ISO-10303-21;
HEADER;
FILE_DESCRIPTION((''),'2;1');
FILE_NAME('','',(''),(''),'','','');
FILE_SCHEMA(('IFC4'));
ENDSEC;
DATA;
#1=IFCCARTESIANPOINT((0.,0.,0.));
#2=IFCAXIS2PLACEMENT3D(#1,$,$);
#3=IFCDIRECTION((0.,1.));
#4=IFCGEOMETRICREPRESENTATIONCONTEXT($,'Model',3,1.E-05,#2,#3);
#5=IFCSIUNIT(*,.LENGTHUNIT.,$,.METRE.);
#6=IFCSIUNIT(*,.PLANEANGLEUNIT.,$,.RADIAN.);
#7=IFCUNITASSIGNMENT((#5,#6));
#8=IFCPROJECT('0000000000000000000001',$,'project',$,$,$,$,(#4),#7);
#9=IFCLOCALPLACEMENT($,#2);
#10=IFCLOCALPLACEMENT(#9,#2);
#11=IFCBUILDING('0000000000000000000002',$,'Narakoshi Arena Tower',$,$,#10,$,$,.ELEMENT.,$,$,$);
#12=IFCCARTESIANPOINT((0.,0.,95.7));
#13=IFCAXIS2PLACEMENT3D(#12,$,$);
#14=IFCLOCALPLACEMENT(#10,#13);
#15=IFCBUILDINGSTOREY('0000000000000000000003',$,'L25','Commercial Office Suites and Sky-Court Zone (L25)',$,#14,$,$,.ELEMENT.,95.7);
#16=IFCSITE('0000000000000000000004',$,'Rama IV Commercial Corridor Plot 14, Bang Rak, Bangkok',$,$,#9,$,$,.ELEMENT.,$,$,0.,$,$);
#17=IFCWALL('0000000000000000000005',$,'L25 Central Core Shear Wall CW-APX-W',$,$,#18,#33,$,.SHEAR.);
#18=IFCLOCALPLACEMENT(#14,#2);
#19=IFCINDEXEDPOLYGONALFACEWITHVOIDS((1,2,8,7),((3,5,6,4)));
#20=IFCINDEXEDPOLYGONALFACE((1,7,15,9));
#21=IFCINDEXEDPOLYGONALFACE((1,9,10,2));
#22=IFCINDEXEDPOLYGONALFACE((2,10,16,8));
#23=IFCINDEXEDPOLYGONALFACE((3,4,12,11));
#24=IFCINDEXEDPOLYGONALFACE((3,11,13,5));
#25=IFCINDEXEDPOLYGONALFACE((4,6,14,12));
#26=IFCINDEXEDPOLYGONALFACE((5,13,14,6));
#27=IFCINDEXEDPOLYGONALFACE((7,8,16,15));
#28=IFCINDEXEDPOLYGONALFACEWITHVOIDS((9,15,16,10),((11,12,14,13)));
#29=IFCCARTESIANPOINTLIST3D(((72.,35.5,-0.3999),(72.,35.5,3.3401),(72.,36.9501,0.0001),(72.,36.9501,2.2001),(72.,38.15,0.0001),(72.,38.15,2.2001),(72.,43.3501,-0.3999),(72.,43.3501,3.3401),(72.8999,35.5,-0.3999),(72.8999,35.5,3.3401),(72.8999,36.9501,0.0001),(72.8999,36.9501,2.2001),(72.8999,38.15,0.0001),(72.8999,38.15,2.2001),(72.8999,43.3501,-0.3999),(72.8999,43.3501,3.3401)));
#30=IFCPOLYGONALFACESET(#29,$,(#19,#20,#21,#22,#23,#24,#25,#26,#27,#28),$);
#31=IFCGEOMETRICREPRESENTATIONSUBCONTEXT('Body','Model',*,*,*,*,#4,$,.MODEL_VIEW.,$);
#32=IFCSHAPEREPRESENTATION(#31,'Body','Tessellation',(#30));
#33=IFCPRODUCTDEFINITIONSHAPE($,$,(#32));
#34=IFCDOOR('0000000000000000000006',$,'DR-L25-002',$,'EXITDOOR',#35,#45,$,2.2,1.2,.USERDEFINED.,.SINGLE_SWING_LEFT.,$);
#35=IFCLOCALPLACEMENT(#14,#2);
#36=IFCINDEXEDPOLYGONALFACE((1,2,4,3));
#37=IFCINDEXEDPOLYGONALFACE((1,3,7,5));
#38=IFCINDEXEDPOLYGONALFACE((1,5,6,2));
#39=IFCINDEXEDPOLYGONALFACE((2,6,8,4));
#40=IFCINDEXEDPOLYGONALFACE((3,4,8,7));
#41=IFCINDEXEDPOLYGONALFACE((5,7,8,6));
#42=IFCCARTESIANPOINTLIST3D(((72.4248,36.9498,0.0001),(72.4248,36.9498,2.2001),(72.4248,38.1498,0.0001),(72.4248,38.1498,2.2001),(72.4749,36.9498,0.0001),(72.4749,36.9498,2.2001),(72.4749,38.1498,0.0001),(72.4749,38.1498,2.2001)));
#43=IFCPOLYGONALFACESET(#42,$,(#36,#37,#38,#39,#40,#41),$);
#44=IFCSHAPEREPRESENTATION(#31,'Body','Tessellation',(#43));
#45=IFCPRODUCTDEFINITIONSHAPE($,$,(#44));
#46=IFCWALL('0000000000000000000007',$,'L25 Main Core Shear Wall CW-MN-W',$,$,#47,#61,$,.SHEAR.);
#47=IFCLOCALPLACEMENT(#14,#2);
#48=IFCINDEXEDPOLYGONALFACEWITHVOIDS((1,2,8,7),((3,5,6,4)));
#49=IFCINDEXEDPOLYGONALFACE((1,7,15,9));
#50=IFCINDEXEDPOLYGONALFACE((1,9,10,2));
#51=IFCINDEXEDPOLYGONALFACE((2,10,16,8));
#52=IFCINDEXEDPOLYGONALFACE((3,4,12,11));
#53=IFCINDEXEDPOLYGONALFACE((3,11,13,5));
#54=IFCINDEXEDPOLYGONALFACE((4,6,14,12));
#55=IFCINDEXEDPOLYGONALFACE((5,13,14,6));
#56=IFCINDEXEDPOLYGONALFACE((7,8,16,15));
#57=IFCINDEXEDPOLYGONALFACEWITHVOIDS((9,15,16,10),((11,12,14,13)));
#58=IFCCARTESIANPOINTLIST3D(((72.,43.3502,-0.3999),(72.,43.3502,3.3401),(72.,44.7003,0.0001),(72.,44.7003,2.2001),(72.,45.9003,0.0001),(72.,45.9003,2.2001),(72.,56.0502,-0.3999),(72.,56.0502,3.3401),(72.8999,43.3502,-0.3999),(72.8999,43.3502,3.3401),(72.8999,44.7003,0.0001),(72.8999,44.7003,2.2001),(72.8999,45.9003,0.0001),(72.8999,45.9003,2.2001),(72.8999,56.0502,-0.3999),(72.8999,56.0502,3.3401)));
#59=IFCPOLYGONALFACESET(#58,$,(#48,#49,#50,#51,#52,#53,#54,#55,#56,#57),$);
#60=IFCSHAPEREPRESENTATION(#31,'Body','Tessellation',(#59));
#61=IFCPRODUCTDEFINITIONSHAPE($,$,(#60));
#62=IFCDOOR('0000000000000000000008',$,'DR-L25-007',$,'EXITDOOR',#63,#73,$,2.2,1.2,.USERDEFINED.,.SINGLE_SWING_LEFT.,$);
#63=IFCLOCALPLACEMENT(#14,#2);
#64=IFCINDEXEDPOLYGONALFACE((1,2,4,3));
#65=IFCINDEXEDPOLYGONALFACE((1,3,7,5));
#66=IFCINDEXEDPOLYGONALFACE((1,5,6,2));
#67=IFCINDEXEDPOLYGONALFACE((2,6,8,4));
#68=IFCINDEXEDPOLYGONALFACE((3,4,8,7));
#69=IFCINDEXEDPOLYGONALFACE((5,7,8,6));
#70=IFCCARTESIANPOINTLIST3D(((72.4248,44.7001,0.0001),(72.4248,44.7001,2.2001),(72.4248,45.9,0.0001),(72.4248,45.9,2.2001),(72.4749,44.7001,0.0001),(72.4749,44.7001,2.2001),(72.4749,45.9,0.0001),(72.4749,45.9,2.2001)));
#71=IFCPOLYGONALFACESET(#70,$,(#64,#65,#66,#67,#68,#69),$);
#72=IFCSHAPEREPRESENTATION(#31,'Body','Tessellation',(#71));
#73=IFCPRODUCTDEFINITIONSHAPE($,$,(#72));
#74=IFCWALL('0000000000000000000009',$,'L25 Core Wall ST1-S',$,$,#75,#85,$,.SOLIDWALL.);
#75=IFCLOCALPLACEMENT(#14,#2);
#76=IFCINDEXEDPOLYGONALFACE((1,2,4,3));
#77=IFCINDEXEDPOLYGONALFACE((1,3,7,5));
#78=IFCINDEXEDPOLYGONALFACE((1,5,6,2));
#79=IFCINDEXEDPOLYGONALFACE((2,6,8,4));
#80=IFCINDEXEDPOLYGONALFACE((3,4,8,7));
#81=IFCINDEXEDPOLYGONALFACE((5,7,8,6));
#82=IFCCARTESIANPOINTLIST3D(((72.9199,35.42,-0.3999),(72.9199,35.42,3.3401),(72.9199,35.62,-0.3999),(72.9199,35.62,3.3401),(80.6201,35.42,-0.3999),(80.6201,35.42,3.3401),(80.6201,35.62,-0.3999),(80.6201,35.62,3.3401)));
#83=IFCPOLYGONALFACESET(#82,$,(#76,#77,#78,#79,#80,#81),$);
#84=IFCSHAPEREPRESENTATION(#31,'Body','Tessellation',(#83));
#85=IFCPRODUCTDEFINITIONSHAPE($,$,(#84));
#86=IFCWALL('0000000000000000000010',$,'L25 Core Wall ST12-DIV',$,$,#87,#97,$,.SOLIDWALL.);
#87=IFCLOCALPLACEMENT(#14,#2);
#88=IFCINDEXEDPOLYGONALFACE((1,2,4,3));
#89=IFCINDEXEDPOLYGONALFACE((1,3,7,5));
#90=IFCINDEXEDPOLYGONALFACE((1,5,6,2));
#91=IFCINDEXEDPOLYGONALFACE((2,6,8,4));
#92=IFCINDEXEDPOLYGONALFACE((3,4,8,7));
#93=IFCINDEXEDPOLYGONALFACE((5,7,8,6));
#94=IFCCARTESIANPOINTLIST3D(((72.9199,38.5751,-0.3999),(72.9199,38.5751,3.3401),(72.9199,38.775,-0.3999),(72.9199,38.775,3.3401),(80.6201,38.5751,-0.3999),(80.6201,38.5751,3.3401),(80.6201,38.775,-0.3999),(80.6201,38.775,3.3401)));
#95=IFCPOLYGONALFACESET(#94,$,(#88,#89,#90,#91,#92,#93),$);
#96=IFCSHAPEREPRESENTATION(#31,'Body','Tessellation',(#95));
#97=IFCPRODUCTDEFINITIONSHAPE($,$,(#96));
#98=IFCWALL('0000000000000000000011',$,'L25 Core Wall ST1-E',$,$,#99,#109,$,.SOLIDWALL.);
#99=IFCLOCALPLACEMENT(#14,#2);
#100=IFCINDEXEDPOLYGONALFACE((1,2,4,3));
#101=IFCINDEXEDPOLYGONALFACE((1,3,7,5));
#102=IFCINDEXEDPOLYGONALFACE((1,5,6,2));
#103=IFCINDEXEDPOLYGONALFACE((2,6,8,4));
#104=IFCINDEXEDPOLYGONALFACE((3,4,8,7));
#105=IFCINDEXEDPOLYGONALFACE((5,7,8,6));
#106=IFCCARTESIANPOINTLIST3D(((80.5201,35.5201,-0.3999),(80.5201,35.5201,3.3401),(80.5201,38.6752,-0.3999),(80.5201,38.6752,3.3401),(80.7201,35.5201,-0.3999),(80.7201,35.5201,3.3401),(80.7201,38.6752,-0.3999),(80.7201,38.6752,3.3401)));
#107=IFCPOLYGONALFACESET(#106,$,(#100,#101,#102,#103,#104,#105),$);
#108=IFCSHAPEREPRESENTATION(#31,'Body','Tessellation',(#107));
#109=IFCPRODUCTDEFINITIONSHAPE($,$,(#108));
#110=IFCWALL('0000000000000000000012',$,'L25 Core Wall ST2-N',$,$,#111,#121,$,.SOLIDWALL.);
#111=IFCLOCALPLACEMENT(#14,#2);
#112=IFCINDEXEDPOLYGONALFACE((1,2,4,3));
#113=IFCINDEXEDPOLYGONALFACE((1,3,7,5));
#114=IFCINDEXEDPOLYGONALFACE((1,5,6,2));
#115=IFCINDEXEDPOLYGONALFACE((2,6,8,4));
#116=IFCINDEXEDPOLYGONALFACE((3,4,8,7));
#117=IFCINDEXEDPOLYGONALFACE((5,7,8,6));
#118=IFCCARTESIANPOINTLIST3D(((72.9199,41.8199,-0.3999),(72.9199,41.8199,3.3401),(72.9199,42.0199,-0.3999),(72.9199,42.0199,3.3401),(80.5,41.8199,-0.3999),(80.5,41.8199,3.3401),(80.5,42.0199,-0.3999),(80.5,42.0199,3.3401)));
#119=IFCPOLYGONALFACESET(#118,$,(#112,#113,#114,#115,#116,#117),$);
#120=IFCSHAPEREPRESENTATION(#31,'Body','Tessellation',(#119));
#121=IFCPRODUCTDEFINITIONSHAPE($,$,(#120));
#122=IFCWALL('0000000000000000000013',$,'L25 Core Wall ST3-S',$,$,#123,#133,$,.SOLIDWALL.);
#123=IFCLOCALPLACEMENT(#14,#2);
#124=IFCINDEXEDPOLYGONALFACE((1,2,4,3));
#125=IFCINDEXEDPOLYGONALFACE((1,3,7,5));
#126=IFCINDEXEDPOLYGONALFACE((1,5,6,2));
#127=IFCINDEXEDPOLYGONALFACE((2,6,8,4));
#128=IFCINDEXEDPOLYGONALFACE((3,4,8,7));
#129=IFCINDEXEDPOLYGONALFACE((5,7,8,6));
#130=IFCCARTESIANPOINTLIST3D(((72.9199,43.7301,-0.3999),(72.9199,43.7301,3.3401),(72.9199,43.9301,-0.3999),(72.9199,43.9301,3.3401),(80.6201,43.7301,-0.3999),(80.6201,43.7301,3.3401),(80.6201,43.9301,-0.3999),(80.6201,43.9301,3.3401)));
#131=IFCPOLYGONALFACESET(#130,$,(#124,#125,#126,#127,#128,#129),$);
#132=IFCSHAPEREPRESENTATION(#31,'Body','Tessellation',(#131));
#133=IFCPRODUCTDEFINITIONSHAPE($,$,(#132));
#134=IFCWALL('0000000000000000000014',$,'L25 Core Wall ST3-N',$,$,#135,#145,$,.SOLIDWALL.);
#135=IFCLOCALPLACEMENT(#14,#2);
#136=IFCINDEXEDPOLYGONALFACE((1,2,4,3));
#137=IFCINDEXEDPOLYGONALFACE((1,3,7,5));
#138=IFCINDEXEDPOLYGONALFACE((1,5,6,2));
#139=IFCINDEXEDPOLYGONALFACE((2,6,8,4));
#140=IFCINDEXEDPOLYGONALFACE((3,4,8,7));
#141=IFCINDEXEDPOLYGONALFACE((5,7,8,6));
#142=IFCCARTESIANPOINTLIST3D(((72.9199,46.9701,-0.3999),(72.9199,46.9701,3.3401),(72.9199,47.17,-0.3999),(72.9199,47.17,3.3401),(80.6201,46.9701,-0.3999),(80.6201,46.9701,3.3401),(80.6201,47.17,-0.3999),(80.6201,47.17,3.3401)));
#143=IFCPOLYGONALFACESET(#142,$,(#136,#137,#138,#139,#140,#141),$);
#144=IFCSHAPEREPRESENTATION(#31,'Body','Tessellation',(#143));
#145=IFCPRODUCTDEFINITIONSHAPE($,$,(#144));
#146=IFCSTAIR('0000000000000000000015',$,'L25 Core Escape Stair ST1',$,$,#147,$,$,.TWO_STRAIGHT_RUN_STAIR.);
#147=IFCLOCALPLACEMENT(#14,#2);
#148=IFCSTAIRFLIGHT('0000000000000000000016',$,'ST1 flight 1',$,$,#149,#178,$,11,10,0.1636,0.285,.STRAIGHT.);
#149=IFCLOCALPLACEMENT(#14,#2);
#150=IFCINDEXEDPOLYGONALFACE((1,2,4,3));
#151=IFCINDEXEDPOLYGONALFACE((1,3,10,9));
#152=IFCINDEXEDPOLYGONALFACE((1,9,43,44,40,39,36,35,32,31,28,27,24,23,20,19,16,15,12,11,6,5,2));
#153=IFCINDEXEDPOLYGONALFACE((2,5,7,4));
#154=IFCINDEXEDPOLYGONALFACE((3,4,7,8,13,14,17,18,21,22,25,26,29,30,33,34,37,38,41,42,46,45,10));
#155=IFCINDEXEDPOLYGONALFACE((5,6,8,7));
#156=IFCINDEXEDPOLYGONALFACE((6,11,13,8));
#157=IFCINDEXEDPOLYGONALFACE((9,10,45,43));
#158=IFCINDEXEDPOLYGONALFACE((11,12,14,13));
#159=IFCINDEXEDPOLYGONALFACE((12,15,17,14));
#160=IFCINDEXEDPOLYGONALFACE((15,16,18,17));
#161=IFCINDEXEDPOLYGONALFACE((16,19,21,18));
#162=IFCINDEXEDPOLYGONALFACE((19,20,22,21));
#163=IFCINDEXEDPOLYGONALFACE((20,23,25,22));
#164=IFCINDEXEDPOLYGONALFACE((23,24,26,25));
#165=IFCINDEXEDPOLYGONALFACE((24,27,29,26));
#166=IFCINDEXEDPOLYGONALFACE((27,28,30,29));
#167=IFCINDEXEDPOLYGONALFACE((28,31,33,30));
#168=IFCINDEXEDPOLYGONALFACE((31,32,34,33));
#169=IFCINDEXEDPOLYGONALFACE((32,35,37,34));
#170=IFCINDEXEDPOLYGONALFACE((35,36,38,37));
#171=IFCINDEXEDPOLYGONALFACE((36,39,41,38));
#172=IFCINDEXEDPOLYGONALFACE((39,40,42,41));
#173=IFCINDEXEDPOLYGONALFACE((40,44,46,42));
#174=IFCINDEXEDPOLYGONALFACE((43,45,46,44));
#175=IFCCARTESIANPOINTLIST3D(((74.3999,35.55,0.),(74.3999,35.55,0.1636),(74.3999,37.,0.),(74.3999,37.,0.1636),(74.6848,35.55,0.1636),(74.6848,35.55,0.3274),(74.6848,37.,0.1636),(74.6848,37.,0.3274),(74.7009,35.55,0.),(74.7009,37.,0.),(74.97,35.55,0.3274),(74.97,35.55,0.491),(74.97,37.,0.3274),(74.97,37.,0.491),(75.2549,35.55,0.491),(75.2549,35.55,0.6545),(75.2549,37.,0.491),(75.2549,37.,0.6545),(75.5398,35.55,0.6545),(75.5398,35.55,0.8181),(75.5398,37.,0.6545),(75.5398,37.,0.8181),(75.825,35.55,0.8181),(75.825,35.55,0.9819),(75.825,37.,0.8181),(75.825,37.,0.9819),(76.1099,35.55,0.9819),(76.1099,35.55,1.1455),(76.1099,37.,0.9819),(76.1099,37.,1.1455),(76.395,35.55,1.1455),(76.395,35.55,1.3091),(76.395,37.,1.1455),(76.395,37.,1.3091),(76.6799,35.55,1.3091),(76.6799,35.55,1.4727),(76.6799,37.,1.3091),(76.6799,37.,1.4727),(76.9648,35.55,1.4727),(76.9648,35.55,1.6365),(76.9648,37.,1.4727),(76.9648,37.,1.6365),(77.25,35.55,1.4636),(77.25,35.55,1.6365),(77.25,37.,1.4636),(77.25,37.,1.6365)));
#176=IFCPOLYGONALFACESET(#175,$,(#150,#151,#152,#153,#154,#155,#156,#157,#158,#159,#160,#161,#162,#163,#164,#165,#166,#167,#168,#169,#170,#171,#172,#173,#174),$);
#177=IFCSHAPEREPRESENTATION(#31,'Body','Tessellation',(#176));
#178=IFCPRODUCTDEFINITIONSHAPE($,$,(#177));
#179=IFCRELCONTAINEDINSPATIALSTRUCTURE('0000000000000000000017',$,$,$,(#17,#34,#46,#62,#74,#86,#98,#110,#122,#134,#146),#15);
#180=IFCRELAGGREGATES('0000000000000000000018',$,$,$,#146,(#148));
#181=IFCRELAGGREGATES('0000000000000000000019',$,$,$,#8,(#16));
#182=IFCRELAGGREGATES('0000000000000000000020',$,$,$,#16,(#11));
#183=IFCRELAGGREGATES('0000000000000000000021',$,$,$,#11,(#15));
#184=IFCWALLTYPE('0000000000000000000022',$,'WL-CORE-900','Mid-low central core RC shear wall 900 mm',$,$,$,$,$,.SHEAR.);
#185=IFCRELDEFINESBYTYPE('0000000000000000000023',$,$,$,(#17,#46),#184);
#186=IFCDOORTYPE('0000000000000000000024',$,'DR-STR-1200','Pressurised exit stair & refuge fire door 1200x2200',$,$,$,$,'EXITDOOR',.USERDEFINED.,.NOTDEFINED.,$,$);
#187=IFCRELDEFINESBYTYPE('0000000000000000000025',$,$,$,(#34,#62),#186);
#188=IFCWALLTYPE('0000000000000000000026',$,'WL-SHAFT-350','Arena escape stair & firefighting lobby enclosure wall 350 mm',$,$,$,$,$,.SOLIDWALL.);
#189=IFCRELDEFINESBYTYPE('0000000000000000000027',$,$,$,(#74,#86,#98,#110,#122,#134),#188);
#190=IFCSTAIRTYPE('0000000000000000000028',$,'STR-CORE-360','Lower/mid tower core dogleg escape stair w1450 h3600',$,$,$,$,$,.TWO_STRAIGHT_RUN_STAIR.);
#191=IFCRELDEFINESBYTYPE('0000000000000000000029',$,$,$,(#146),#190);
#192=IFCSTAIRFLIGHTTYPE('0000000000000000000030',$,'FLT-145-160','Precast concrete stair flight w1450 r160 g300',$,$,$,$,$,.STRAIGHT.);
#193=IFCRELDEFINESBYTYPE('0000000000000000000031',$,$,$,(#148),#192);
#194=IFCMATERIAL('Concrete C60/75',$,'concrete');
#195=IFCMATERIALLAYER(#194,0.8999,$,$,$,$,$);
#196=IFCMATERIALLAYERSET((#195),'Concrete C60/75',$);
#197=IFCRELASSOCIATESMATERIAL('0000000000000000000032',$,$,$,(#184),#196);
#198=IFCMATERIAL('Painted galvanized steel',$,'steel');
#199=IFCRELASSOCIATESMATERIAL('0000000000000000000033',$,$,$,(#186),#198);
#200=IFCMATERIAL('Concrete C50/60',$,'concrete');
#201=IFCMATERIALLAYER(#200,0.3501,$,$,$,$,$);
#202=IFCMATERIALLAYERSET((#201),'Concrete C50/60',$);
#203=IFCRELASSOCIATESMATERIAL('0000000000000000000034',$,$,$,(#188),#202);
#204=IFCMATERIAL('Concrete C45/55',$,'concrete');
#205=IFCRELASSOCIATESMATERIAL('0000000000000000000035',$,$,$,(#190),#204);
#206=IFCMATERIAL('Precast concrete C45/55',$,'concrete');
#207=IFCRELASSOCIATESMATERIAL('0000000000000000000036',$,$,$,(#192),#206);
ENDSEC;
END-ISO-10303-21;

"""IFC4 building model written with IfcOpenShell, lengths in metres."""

from ifc_helpers import new_model, si_unit, direction, frame, frame_2d, origin, place, context, subcontext, project, spatial, polyline, rectangle, outline, extrude, material, layer, layer_set, type_object, element, fill, aggregate, save


model = new_model("IFC4")

# Units and contexts
model_context = context("Model", 3, precision=1e-05, world=origin(), true_north=direction((0.0, 1.0)))
body_context = subcontext(model_context, "Body", "Model", "MODEL_VIEW")
ifc_project = project(units=[si_unit("LENGTHUNIT", "METRE"), si_unit("PLANEANGLEUNIT", "RADIAN")], contexts=[model_context])

# Site, building, storey
site_placement = place(None, origin())
site = spatial("IfcSite", under=ifc_project, at=site_placement, Name="Rama IV Commercial Corridor Plot 14, Bang Rak, Bangkok", CompositionType="ELEMENT", RefElevation=0.0)
building_placement = place(site_placement, origin())
building = spatial("IfcBuilding", under=site, at=building_placement, Name="Narakoshi Arena Tower", CompositionType="ELEMENT")
storey_placement = place(building_placement, frame((0.0, 0.0, 95.7)))
storey = spatial("IfcBuildingStorey", under=building, at=storey_placement, Name="L25", Description="Commercial Office Suites and Sky-Court Zone (L25)", CompositionType="ELEMENT", Elevation=95.7)

# Walls, openings, doors
ifc_material_1 = material(Name="Concrete C60/75", Category="concrete")
ifc_layer_1 = layer(ifc_material_1, 0.8999)
ifc_layer_set_1 = layer_set([ifc_layer_1], Name="Concrete C60/75")
wall_type_1 = type_object("IfcWallType", Name="WL-CORE-900", Description="Mid-low central core RC shear wall 900 mm", PredefinedType="SHEAR", material=ifc_layer_set_1)
wall_1_placement = place(storey_placement, frame((72.45, 35.5, -0.3999), z_axis=(0.0, 0.0, 1.0), x_axis=(0.0, 1.0, 0.0)))
wall_1 = element("IfcWall", 1, at=wall_1_placement, inside=storey, type_object=wall_type_1, Name="L25 Central Core Shear Wall CW-APX-W", PredefinedType="SHEAR", context=body_context, shape_type="SweptSolid", body=[
    extrude(rectangle(XDim=7.8501, YDim=0.8999, at=frame_2d((3.925, 0.0))), origin(), (0.0, 0.0, 1.0), 3.74),
])
opening_1_placement = place(wall_1_placement, frame((1.45, 0.0, 0.3999)))
opening_1 = element("IfcOpeningElement", 2, at=opening_1_placement, cuts=wall_1, PredefinedType="OPENING", context=body_context, shape_type="SweptSolid", body=[
    extrude(rectangle(XDim=1.2, YDim=2.2, at=frame_2d((0.6001, 1.1001))), frame((0.0, 0.46, 0.0), z_axis=(0.0, -1.0, 0.0), x_axis=(1.0, 0.0, 0.0)), (0.0, 0.0, 1.0), 0.9199),
])
ifc_material_2 = material(Name="Painted galvanized steel", Category="steel")
door_type = type_object("IfcDoorType", Name="DR-STR-1200", Description="Pressurised exit stair & refuge fire door 1200x2200", ElementType="EXITDOOR", OperationType="NOTDEFINED", PredefinedType="USERDEFINED", material=ifc_material_2)
door_1_placement = place(opening_1_placement, frame((1.2, 0.0, 0.0), z_axis=(0.0, 0.0, 1.0), x_axis=(-1.0, 0.0, 0.0)))
door_1 = element("IfcDoor", 3, at=door_1_placement, inside=storey, type_object=door_type, Name="DR-L25-002", ObjectType="EXITDOOR", OperationType="SINGLE_SWING_LEFT", OverallHeight=2.2, OverallWidth=1.2, PredefinedType="USERDEFINED", context=body_context, shape_type="SweptSolid", body=[
    extrude(rectangle(XDim=1.2, YDim=2.2, at=frame_2d((0.6001, 1.1001))), frame((0.0, 0.0249, 0.0), z_axis=(0.0, -1.0, 0.0), x_axis=(1.0, 0.0, 0.0)), (0.0, 0.0, 1.0), 0.05),
])
fill(opening_1, door_1)
wall_2_placement = place(storey_placement, frame((72.45, 43.3501, -0.3999), z_axis=(0.0, 0.0, 1.0), x_axis=(0.0, 1.0, 0.0)))
wall_2 = element("IfcWall", 4, at=wall_2_placement, inside=storey, type_object=wall_type_1, Name="L25 Main Core Shear Wall CW-MN-W", PredefinedType="SHEAR", context=body_context, shape_type="SweptSolid", body=[
    extrude(rectangle(XDim=12.7, YDim=0.8999, at=frame_2d((6.3501, 0.0))), origin(), (0.0, 0.0, 1.0), 3.74),
])
opening_2_placement = place(wall_2_placement, frame((1.3501, 0.0, 0.3999)))
opening_2 = element("IfcOpeningElement", 5, at=opening_2_placement, cuts=wall_2, PredefinedType="OPENING", context=body_context, shape_type="SweptSolid", body=[
    extrude(rectangle(XDim=1.2, YDim=2.2, at=frame_2d((0.6001, 1.1001))), frame((0.0, 0.46, 0.0), z_axis=(0.0, -1.0, 0.0), x_axis=(1.0, 0.0, 0.0)), (0.0, 0.0, 1.0), 0.9199),
])
door_2_placement = place(opening_2_placement, frame((1.2, 0.0, 0.0), z_axis=(0.0, 0.0, 1.0), x_axis=(-1.0, 0.0, 0.0)))
door_2 = element("IfcDoor", 6, at=door_2_placement, inside=storey, type_object=door_type, Name="DR-L25-007", ObjectType="EXITDOOR", OperationType="SINGLE_SWING_LEFT", OverallHeight=2.2, OverallWidth=1.2, PredefinedType="USERDEFINED", context=body_context, shape_type="SweptSolid", body=[
    extrude(rectangle(XDim=1.2, YDim=2.2, at=frame_2d((0.6001, 1.1001))), frame((0.0, 0.0249, 0.0), z_axis=(0.0, -1.0, 0.0), x_axis=(1.0, 0.0, 0.0)), (0.0, 0.0, 1.0), 0.05),
])
fill(opening_2, door_2)

# Walls
ifc_material_3 = material(Name="Concrete C50/60", Category="concrete")
ifc_layer_2 = layer(ifc_material_3, 0.3501)
ifc_layer_set_2 = layer_set([ifc_layer_2], Name="Concrete C50/60")
wall_type_2 = type_object("IfcWallType", Name="WL-SHAFT-350", Description="Arena escape stair & firefighting lobby enclosure wall 350 mm", PredefinedType="SOLIDWALL", material=ifc_layer_set_2)
for number, where, z_axis, x_axis, name in (
    (7, (72.9199, 35.52, -0.3999), (0.0, 0.0, 1.0), (1.0, 0.0, 0.0), "L25 Core Wall ST1-S"),
    (8, (72.9199, 38.675, -0.3999), (0.0, 0.0, 1.0), (1.0, 0.0, 0.0), "L25 Core Wall ST12-DIV"),
):
    element("IfcWall", number, at=place(storey_placement, frame(where, z_axis=z_axis, x_axis=x_axis)), inside=storey, type_object=wall_type_2, Name=name, PredefinedType="SOLIDWALL", context=body_context, shape_type="SweptSolid", body=[
        extrude(rectangle(XDim=7.7002, YDim=0.2, at=frame_2d((3.8501, 0.0))), origin(), (0.0, 0.0, 1.0), 3.74),
    ])
wall_3_placement = place(storey_placement, frame((80.6201, 35.52, -0.3999), z_axis=(0.0, 0.0, 1.0), x_axis=(0.0, 1.0, 0.0)))
element("IfcWall", 9, at=wall_3_placement, inside=storey, type_object=wall_type_2, Name="L25 Core Wall ST1-E", PredefinedType="SOLIDWALL", context=body_context, shape_type="SweptSolid", body=[
    extrude(rectangle(XDim=3.155, YDim=0.2, at=frame_2d((1.5776, 0.0))), origin(), (0.0, 0.0, 1.0), 3.74),
])
wall_4_placement = place(storey_placement, frame((72.9199, 41.9199, -0.3999), z_axis=(0.0, 0.0, 1.0), x_axis=(1.0, 0.0, 0.0)))
element("IfcWall", 10, at=wall_4_placement, inside=storey, type_object=wall_type_2, Name="L25 Core Wall ST2-N", PredefinedType="SOLIDWALL", context=body_context, shape_type="SweptSolid", body=[
    extrude(rectangle(XDim=7.5801, YDim=0.2, at=frame_2d((3.79, 0.0))), origin(), (0.0, 0.0, 1.0), 3.74),
])
for number, where, z_axis, x_axis, name in (
    (11, (72.9199, 43.8301, -0.3999), (0.0, 0.0, 1.0), (1.0, 0.0, 0.0), "L25 Core Wall ST3-S"),
    (12, (72.9199, 47.0701, -0.3999), (0.0, 0.0, 1.0), (1.0, 0.0, 0.0), "L25 Core Wall ST3-N"),
):
    element("IfcWall", number, at=place(storey_placement, frame(where, z_axis=z_axis, x_axis=x_axis)), inside=storey, type_object=wall_type_2, Name=name, PredefinedType="SOLIDWALL", context=body_context, shape_type="SweptSolid", body=[
        extrude(rectangle(XDim=7.7002, YDim=0.2, at=frame_2d((3.8501, 0.0))), origin(), (0.0, 0.0, 1.0), 3.74),
    ])

# Stair, stair flight
ifc_material_4 = material(Name="Concrete C45/55", Category="concrete")
stair_type = type_object("IfcStairType", Name="STR-CORE-360", Description="Lower/mid tower core dogleg escape stair w1450 h3600", PredefinedType="TWO_STRAIGHT_RUN_STAIR", material=ifc_material_4)
stair_1_placement = place(storey_placement, origin())
stair_1 = element("IfcStair", 13, at=stair_1_placement, inside=storey, type_object=stair_type, Name="L25 Core Escape Stair ST1", PredefinedType="TWO_STRAIGHT_RUN_STAIR")
ifc_material_5 = material(Name="Precast concrete C45/55", Category="concrete")
stair_flight_type = type_object("IfcStairFlightType", Name="FLT-145-160", Description="Precast concrete stair flight w1450 r160 g300", PredefinedType="STRAIGHT", material=ifc_material_5)
stair_flight_1_placement = place(storey_placement, frame((74.3999, 36.2749, 0.0), z_axis=(0.0, 0.0, 1.0), x_axis=(1.0, 0.0, 0.0)))
stair_flight_1 = element("IfcStairFlight", 14, at=stair_flight_1_placement, type_object=stair_flight_type, Name="ST1 flight 1", NumberOfRisers=11, NumberOfTreads=10, PredefinedType="STRAIGHT", RiserHeight=0.1636, TreadLength=0.285, context=body_context, shape_type="SweptSolid", body=[
    extrude(outline(polyline([(0.0, 0.0), (0.0, 0.1636), (0.2849, 0.1636), (0.2849, 0.3274), (0.5701, 0.3274), (0.5701, 0.491), (0.855, 0.491), (0.855, 0.6545), (1.1399, 0.6545), (1.1399, 0.8181), (1.425, 0.8181), (1.425, 0.9819), (1.71, 0.9819), (1.71, 1.1455), (1.9951, 1.1455), (1.9951, 1.3091), (2.28, 1.3091), (2.28, 1.4727), (2.5649, 1.4727), (2.5649, 1.6365), (2.8501, 1.6365), (2.8501, 1.8), (2.8501, 1.4636), (0.301, 0.0), (0.0, 0.0)])), frame((0.0, 0.7251, 0.0), z_axis=(0.0, -1.0, 0.0), x_axis=(1.0, 0.0, 0.0)), (0.0, 0.0, 1.0), 1.45),
])
aggregate(stair_1, [stair_flight_1])

save(model, "model.ifc")
